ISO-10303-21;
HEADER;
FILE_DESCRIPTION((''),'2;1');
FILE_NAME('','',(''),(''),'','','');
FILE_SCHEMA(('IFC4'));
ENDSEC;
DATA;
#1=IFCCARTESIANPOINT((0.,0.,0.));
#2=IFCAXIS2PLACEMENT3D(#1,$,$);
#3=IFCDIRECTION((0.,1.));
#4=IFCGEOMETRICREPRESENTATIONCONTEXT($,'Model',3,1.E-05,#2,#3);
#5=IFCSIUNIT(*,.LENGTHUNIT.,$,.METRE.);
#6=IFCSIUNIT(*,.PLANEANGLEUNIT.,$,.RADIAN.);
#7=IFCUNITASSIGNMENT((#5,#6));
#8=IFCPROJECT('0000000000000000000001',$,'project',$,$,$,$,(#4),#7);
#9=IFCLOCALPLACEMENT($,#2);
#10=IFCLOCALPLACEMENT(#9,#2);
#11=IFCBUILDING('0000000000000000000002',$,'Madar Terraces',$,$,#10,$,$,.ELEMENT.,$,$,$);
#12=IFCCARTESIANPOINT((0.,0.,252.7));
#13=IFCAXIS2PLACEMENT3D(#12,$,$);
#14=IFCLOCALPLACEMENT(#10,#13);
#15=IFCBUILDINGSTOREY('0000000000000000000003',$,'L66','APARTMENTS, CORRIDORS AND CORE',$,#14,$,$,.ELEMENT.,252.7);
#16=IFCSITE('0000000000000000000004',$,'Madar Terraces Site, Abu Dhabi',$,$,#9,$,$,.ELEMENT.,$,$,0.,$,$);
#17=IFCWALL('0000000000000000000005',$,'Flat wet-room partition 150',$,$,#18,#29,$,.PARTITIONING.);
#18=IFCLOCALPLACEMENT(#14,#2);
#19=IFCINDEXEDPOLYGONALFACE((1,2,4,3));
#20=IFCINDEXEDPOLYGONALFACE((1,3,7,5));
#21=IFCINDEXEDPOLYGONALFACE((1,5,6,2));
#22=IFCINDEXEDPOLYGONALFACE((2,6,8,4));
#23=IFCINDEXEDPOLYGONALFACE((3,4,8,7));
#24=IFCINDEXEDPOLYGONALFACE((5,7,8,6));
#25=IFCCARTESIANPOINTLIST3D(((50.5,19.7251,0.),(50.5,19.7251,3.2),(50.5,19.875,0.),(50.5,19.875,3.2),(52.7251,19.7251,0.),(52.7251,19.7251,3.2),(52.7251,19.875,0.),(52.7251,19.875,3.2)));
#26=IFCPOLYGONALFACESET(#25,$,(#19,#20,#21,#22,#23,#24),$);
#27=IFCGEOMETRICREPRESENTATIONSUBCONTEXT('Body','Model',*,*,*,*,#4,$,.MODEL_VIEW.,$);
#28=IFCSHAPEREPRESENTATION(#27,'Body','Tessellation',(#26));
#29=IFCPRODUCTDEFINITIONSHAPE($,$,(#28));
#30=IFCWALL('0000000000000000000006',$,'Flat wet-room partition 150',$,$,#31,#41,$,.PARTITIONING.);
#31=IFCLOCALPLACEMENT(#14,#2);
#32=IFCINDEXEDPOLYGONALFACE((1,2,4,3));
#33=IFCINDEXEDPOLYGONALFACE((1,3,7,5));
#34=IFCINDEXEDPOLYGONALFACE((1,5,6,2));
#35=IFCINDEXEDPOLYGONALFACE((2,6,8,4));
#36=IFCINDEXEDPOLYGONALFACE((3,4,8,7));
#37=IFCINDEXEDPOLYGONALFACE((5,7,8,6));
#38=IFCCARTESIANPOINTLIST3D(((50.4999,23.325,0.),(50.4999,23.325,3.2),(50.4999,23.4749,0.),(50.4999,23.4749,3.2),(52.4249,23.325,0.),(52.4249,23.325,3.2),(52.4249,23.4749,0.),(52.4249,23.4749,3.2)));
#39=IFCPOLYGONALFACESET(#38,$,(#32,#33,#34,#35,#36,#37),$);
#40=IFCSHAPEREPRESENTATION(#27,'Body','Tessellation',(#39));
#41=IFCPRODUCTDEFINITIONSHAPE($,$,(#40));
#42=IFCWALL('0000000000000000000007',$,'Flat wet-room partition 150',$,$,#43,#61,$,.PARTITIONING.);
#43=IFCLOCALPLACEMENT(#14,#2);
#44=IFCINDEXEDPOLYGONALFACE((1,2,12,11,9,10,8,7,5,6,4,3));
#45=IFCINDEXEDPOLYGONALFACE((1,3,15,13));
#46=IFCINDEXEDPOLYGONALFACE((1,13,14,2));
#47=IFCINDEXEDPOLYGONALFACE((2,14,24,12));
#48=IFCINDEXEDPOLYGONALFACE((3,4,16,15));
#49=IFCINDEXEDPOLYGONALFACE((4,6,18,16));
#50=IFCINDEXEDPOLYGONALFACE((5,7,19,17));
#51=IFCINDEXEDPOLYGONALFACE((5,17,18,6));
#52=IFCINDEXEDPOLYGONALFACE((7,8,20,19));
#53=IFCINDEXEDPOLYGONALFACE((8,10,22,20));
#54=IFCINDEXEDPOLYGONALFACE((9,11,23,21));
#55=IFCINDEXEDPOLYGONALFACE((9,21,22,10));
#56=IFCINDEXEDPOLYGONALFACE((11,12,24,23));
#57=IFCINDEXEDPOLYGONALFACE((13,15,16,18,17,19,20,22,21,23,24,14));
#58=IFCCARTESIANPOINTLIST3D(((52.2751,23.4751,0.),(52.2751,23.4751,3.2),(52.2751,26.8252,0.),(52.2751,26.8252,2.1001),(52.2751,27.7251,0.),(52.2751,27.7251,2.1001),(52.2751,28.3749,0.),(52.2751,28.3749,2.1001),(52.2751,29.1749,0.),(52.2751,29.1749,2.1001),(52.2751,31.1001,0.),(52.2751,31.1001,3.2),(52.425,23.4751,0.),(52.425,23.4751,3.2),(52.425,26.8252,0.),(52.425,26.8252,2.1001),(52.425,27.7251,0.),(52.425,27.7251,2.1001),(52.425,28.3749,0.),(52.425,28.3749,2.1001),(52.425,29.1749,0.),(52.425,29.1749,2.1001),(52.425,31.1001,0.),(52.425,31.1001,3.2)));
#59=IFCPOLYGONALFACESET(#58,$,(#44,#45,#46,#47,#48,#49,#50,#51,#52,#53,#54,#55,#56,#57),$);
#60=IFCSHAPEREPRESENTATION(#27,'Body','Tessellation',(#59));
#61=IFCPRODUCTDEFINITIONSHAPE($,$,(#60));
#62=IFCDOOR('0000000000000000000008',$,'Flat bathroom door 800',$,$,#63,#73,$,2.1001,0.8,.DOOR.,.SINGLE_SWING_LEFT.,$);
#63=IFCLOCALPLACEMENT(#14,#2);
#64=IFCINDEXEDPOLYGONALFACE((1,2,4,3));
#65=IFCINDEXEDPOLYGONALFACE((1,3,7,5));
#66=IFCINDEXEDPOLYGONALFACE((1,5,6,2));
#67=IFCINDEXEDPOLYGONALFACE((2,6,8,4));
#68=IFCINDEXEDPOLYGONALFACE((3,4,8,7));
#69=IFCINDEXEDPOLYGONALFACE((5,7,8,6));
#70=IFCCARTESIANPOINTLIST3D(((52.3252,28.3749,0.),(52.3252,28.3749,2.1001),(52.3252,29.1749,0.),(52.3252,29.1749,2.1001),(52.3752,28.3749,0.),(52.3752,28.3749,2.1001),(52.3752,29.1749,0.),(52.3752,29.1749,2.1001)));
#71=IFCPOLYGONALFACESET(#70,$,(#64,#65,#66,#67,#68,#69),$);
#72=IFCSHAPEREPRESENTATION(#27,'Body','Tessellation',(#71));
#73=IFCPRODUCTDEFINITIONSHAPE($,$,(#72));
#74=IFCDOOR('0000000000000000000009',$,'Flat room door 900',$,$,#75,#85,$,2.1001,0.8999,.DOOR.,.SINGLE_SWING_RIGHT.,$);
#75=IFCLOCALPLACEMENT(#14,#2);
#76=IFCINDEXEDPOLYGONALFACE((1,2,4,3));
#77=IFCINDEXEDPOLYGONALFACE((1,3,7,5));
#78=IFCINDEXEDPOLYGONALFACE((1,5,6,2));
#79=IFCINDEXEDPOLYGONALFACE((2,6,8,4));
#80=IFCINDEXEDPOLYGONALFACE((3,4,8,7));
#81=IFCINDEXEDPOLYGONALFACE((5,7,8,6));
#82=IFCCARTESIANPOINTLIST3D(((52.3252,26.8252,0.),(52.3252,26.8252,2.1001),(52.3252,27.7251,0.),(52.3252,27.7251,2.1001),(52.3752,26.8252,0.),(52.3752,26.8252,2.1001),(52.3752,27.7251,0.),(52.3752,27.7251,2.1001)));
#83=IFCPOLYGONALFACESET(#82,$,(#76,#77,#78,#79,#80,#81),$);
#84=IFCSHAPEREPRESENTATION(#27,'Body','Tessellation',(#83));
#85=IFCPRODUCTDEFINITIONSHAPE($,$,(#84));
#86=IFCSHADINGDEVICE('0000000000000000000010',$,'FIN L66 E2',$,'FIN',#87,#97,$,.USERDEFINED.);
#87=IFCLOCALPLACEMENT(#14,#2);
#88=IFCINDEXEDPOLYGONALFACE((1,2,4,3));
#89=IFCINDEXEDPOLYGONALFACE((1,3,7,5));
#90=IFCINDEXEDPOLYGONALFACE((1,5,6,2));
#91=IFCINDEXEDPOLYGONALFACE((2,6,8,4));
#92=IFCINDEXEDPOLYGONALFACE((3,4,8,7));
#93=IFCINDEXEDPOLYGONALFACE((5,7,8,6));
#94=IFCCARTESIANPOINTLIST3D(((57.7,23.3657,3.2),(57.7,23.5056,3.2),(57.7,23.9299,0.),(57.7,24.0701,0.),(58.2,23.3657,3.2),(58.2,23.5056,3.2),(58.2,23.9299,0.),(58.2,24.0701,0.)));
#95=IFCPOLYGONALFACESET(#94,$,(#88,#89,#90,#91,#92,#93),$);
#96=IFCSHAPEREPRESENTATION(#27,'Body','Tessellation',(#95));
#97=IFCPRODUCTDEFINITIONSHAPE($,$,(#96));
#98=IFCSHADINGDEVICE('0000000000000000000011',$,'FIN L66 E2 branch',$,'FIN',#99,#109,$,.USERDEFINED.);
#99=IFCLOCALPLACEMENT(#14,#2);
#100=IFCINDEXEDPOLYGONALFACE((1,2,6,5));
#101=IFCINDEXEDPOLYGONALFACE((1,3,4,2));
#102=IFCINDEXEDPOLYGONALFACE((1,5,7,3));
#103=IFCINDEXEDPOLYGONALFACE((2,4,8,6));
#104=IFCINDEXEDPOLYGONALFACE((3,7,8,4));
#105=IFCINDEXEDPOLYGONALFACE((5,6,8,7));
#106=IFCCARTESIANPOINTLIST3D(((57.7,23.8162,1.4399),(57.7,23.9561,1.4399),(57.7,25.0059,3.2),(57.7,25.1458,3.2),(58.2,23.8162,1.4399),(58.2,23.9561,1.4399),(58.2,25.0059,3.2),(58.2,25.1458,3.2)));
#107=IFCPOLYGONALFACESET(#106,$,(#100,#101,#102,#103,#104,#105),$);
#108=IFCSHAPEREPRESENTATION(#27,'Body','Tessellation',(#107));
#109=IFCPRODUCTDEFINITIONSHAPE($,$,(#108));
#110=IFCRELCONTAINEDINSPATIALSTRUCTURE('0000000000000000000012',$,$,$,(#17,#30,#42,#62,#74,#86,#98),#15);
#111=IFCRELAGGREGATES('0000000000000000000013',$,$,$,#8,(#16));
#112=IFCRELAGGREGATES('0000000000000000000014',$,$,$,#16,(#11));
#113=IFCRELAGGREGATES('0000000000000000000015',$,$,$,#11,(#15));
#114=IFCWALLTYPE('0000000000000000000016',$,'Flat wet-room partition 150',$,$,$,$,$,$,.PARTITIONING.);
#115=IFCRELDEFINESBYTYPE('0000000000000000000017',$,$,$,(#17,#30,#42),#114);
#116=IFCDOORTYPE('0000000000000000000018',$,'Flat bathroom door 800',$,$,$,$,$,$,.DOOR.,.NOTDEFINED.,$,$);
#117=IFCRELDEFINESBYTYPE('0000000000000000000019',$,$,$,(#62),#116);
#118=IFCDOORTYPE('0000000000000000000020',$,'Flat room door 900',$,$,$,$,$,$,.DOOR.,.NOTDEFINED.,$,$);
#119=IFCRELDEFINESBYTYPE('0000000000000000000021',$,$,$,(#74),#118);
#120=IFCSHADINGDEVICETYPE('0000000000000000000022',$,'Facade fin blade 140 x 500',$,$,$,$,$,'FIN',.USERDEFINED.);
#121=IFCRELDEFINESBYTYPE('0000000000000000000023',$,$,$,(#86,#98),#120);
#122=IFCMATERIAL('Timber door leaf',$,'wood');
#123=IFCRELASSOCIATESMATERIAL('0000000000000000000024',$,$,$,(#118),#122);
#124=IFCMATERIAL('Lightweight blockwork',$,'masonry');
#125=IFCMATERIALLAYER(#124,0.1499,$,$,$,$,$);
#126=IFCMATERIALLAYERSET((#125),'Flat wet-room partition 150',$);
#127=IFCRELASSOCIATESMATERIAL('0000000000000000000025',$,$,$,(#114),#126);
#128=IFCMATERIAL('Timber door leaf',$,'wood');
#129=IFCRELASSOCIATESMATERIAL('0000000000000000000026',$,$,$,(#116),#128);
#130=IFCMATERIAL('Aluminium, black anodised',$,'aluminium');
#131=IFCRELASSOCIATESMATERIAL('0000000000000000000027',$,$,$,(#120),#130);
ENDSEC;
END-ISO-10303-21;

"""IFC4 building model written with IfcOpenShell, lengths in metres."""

from ifc_helpers import new_model, si_unit, direction, frame, frame_2d, origin, place, context, subcontext, project, spatial, polyline, rectangle, outline, extrude, material, layer, layer_set, type_object, element, fill, save


model = new_model("IFC4")

# Units and contexts
model_context = context("Model", 3, precision=1e-05, world=origin(), true_north=direction((0.0, 1.0)))
body_context = subcontext(model_context, "Body", "Model", "MODEL_VIEW")
ifc_project = project(units=[si_unit("LENGTHUNIT", "METRE"), si_unit("PLANEANGLEUNIT", "RADIAN")], contexts=[model_context])

# Site, building, storey
site_placement = place(None, origin())
site = spatial("IfcSite", under=ifc_project, at=site_placement, Name="Madar Terraces Site, Abu Dhabi", CompositionType="ELEMENT", RefElevation=0.0)
building_placement = place(site_placement, origin())
building = spatial("IfcBuilding", under=site, at=building_placement, Name="Madar Terraces", CompositionType="ELEMENT")
storey_placement = place(building_placement, frame((0.0, 0.0, 252.7)))
storey = spatial("IfcBuildingStorey", under=building, at=storey_placement, Name="L66", Description="APARTMENTS, CORRIDORS AND CORE", CompositionType="ELEMENT", Elevation=252.7)

# Shared definitions
ifc_material_1 = material(Name="Timber door leaf", Category="wood")
door_type_1 = type_object("IfcDoorType", Name="Flat room door 900", OperationType="NOTDEFINED", PredefinedType="DOOR", material=ifc_material_1)

# Walls
ifc_material_2 = material(Name="Lightweight blockwork", Category="masonry")
ifc_layer_1 = layer(ifc_material_2, 0.1499)
ifc_layer_set_1 = layer_set([ifc_layer_1], Name="Flat wet-room partition 150")
wall_type_1 = type_object("IfcWallType", Name="Flat wet-room partition 150", PredefinedType="PARTITIONING", material=ifc_layer_set_1)
wall_1_placement = place(storey_placement, frame((50.5, 19.8, 0.0), z_axis=(0.0, 0.0, 1.0), x_axis=(1.0, 0.0, 0.0)))
element("IfcWall", 1, at=wall_1_placement, inside=storey, type_object=wall_type_1, Name="Flat wet-room partition 150", PredefinedType="PARTITIONING", context=body_context, shape_type="SweptSolid", body=[
    extrude(rectangle(XDim=2.2251, YDim=0.1499, at=frame_2d((1.1125, 0.0))), origin(), (0.0, 0.0, 1.0), 3.2),
])
wall_2_placement = place(storey_placement, frame((50.5, 23.3999, 0.0), z_axis=(0.0, 0.0, 1.0), x_axis=(1.0, 0.0, 0.0)))
element("IfcWall", 2, at=wall_2_placement, inside=storey, type_object=wall_type_1, Name="Flat wet-room partition 150", PredefinedType="PARTITIONING", context=body_context, shape_type="SweptSolid", body=[
    extrude(rectangle(XDim=1.925, YDim=0.1499, at=frame_2d((0.9624, 0.0))), origin(), (0.0, 0.0, 1.0), 3.2),
])

# Wall, openings, doors
wall_3_placement = place(storey_placement, frame((52.3501, 23.4751, 0.0), z_axis=(0.0, 0.0, 1.0), x_axis=(0.0, 1.0, 0.0)))
wall_3 = element("IfcWall", 3, at=wall_3_placement, inside=storey, type_object=wall_type_1, Name="Flat wet-room partition 150", PredefinedType="PARTITIONING", context=body_context, shape_type="SweptSolid", body=[
    extrude(rectangle(XDim=7.625, YDim=0.1499, at=frame_2d((3.8125, 0.0))), origin(), (0.0, 0.0, 1.0), 3.2),
])
opening_1_placement = place(wall_3_placement, frame((3.3501, 0.0, 0.0)))
opening_1 = element("IfcOpeningElement", 4, at=opening_1_placement, cuts=wall_3, PredefinedType="OPENING", context=body_context, shape_type="SweptSolid", body=[
    extrude(rectangle(XDim=0.8999, YDim=2.1001, at=frame_2d((0.45, 1.05))), frame((0.0, 0.085, 0.0), z_axis=(0.0, -1.0, 0.0), x_axis=(1.0, 0.0, 0.0)), (0.0, 0.0, 1.0), 0.1699),
])
opening_2_placement = place(wall_3_placement, frame((4.8999, 0.0, 0.0)))
opening_2 = element("IfcOpeningElement", 5, at=opening_2_placement, cuts=wall_3, PredefinedType="OPENING", context=body_context, shape_type="SweptSolid", body=[
    extrude(rectangle(XDim=0.8, YDim=2.1001, at=frame_2d((0.3999, 1.05))), frame((0.0, 0.085, 0.0), z_axis=(0.0, -1.0, 0.0), x_axis=(1.0, 0.0, 0.0)), (0.0, 0.0, 1.0), 0.1699),
])
ifc_material_3 = material(Name="Timber door leaf", Category="wood")
door_type_2 = type_object("IfcDoorType", Name="Flat bathroom door 800", OperationType="NOTDEFINED", PredefinedType="DOOR", material=ifc_material_3)
door_1_placement = place(opening_2_placement, origin())
door_1 = element("IfcDoor", 6, at=door_1_placement, inside=storey, type_object=door_type_2, Name="Flat bathroom door 800", OperationType="SINGLE_SWING_LEFT", OverallHeight=2.1001, OverallWidth=0.8, PredefinedType="DOOR", context=body_context, shape_type="SweptSolid", body=[
    extrude(rectangle(XDim=0.8, YDim=2.1001, at=frame_2d((0.3999, 1.05))), frame((0.0, 0.0249, 0.0), z_axis=(0.0, -1.0, 0.0), x_axis=(1.0, 0.0, 0.0)), (0.0, 0.0, 1.0), 0.05),
])
fill(opening_2, door_1)
door_2_placement = place(opening_1_placement, origin())
door_2 = element("IfcDoor", 7, at=door_2_placement, inside=storey, type_object=door_type_1, Name="Flat room door 900", OperationType="SINGLE_SWING_RIGHT", OverallHeight=2.1001, OverallWidth=0.8999, PredefinedType="DOOR", context=body_context, shape_type="SweptSolid", body=[
    extrude(rectangle(XDim=0.8999, YDim=2.1001, at=frame_2d((0.45, 1.05))), frame((0.0, 0.0249, 0.0), z_axis=(0.0, -1.0, 0.0), x_axis=(1.0, 0.0, 0.0)), (0.0, 0.0, 1.0), 0.05),
])
fill(opening_1, door_2)

# Shading devices
ifc_material_4 = material(Name="Aluminium, black anodised", Category="aluminium")
shading_device_type = type_object("IfcShadingDeviceType", Name="Facade fin blade 140 x 500", ElementType="FIN", PredefinedType="USERDEFINED", material=ifc_material_4)
shading_device_1_placement = place(storey_placement, frame((57.95, 23.9299, 0.0), z_axis=(0.0, 0.0, 1.0), x_axis=(0.0, 1.0, 0.0)))
element("IfcShadingDevice", 8, at=shading_device_1_placement, inside=storey, type_object=shading_device_type, Name="FIN L66 E2", ObjectType="FIN", PredefinedType="USERDEFINED", context=body_context, shape_type="SweptSolid", body=[
    extrude(outline(polyline([(0.0, 0.0), (0.1401, 0.0), (-0.4243, 3.2), (-0.5642, 3.2), (0.0, 0.0)])), frame((0.0, 0.25, 0.0), z_axis=(0.0, -1.0, 0.0), x_axis=(1.0, 0.0, 0.0)), (0.0, 0.0, 1.0), 0.5),
])
shading_device_2_placement = place(storey_placement, frame((57.95, 23.8162, 1.4399), z_axis=(0.0, 0.0, 1.0), x_axis=(0.0, 1.0, 0.0)))
element("IfcShadingDevice", 9, at=shading_device_2_placement, inside=storey, type_object=shading_device_type, Name="FIN L66 E2 branch", ObjectType="FIN", PredefinedType="USERDEFINED", context=body_context, shape_type="SweptSolid", body=[
    extrude(outline(polyline([(0.0, 0.0), (0.1399, 0.0), (1.3296, 1.76), (1.1897, 1.76), (0.0, 0.0)])), frame((0.0, 0.25, 0.0), z_axis=(0.0, -1.0, 0.0), x_axis=(1.0, 0.0, 0.0)), (0.0, 0.0, 1.0), 0.5),
])

save(model, "model.ifc")
